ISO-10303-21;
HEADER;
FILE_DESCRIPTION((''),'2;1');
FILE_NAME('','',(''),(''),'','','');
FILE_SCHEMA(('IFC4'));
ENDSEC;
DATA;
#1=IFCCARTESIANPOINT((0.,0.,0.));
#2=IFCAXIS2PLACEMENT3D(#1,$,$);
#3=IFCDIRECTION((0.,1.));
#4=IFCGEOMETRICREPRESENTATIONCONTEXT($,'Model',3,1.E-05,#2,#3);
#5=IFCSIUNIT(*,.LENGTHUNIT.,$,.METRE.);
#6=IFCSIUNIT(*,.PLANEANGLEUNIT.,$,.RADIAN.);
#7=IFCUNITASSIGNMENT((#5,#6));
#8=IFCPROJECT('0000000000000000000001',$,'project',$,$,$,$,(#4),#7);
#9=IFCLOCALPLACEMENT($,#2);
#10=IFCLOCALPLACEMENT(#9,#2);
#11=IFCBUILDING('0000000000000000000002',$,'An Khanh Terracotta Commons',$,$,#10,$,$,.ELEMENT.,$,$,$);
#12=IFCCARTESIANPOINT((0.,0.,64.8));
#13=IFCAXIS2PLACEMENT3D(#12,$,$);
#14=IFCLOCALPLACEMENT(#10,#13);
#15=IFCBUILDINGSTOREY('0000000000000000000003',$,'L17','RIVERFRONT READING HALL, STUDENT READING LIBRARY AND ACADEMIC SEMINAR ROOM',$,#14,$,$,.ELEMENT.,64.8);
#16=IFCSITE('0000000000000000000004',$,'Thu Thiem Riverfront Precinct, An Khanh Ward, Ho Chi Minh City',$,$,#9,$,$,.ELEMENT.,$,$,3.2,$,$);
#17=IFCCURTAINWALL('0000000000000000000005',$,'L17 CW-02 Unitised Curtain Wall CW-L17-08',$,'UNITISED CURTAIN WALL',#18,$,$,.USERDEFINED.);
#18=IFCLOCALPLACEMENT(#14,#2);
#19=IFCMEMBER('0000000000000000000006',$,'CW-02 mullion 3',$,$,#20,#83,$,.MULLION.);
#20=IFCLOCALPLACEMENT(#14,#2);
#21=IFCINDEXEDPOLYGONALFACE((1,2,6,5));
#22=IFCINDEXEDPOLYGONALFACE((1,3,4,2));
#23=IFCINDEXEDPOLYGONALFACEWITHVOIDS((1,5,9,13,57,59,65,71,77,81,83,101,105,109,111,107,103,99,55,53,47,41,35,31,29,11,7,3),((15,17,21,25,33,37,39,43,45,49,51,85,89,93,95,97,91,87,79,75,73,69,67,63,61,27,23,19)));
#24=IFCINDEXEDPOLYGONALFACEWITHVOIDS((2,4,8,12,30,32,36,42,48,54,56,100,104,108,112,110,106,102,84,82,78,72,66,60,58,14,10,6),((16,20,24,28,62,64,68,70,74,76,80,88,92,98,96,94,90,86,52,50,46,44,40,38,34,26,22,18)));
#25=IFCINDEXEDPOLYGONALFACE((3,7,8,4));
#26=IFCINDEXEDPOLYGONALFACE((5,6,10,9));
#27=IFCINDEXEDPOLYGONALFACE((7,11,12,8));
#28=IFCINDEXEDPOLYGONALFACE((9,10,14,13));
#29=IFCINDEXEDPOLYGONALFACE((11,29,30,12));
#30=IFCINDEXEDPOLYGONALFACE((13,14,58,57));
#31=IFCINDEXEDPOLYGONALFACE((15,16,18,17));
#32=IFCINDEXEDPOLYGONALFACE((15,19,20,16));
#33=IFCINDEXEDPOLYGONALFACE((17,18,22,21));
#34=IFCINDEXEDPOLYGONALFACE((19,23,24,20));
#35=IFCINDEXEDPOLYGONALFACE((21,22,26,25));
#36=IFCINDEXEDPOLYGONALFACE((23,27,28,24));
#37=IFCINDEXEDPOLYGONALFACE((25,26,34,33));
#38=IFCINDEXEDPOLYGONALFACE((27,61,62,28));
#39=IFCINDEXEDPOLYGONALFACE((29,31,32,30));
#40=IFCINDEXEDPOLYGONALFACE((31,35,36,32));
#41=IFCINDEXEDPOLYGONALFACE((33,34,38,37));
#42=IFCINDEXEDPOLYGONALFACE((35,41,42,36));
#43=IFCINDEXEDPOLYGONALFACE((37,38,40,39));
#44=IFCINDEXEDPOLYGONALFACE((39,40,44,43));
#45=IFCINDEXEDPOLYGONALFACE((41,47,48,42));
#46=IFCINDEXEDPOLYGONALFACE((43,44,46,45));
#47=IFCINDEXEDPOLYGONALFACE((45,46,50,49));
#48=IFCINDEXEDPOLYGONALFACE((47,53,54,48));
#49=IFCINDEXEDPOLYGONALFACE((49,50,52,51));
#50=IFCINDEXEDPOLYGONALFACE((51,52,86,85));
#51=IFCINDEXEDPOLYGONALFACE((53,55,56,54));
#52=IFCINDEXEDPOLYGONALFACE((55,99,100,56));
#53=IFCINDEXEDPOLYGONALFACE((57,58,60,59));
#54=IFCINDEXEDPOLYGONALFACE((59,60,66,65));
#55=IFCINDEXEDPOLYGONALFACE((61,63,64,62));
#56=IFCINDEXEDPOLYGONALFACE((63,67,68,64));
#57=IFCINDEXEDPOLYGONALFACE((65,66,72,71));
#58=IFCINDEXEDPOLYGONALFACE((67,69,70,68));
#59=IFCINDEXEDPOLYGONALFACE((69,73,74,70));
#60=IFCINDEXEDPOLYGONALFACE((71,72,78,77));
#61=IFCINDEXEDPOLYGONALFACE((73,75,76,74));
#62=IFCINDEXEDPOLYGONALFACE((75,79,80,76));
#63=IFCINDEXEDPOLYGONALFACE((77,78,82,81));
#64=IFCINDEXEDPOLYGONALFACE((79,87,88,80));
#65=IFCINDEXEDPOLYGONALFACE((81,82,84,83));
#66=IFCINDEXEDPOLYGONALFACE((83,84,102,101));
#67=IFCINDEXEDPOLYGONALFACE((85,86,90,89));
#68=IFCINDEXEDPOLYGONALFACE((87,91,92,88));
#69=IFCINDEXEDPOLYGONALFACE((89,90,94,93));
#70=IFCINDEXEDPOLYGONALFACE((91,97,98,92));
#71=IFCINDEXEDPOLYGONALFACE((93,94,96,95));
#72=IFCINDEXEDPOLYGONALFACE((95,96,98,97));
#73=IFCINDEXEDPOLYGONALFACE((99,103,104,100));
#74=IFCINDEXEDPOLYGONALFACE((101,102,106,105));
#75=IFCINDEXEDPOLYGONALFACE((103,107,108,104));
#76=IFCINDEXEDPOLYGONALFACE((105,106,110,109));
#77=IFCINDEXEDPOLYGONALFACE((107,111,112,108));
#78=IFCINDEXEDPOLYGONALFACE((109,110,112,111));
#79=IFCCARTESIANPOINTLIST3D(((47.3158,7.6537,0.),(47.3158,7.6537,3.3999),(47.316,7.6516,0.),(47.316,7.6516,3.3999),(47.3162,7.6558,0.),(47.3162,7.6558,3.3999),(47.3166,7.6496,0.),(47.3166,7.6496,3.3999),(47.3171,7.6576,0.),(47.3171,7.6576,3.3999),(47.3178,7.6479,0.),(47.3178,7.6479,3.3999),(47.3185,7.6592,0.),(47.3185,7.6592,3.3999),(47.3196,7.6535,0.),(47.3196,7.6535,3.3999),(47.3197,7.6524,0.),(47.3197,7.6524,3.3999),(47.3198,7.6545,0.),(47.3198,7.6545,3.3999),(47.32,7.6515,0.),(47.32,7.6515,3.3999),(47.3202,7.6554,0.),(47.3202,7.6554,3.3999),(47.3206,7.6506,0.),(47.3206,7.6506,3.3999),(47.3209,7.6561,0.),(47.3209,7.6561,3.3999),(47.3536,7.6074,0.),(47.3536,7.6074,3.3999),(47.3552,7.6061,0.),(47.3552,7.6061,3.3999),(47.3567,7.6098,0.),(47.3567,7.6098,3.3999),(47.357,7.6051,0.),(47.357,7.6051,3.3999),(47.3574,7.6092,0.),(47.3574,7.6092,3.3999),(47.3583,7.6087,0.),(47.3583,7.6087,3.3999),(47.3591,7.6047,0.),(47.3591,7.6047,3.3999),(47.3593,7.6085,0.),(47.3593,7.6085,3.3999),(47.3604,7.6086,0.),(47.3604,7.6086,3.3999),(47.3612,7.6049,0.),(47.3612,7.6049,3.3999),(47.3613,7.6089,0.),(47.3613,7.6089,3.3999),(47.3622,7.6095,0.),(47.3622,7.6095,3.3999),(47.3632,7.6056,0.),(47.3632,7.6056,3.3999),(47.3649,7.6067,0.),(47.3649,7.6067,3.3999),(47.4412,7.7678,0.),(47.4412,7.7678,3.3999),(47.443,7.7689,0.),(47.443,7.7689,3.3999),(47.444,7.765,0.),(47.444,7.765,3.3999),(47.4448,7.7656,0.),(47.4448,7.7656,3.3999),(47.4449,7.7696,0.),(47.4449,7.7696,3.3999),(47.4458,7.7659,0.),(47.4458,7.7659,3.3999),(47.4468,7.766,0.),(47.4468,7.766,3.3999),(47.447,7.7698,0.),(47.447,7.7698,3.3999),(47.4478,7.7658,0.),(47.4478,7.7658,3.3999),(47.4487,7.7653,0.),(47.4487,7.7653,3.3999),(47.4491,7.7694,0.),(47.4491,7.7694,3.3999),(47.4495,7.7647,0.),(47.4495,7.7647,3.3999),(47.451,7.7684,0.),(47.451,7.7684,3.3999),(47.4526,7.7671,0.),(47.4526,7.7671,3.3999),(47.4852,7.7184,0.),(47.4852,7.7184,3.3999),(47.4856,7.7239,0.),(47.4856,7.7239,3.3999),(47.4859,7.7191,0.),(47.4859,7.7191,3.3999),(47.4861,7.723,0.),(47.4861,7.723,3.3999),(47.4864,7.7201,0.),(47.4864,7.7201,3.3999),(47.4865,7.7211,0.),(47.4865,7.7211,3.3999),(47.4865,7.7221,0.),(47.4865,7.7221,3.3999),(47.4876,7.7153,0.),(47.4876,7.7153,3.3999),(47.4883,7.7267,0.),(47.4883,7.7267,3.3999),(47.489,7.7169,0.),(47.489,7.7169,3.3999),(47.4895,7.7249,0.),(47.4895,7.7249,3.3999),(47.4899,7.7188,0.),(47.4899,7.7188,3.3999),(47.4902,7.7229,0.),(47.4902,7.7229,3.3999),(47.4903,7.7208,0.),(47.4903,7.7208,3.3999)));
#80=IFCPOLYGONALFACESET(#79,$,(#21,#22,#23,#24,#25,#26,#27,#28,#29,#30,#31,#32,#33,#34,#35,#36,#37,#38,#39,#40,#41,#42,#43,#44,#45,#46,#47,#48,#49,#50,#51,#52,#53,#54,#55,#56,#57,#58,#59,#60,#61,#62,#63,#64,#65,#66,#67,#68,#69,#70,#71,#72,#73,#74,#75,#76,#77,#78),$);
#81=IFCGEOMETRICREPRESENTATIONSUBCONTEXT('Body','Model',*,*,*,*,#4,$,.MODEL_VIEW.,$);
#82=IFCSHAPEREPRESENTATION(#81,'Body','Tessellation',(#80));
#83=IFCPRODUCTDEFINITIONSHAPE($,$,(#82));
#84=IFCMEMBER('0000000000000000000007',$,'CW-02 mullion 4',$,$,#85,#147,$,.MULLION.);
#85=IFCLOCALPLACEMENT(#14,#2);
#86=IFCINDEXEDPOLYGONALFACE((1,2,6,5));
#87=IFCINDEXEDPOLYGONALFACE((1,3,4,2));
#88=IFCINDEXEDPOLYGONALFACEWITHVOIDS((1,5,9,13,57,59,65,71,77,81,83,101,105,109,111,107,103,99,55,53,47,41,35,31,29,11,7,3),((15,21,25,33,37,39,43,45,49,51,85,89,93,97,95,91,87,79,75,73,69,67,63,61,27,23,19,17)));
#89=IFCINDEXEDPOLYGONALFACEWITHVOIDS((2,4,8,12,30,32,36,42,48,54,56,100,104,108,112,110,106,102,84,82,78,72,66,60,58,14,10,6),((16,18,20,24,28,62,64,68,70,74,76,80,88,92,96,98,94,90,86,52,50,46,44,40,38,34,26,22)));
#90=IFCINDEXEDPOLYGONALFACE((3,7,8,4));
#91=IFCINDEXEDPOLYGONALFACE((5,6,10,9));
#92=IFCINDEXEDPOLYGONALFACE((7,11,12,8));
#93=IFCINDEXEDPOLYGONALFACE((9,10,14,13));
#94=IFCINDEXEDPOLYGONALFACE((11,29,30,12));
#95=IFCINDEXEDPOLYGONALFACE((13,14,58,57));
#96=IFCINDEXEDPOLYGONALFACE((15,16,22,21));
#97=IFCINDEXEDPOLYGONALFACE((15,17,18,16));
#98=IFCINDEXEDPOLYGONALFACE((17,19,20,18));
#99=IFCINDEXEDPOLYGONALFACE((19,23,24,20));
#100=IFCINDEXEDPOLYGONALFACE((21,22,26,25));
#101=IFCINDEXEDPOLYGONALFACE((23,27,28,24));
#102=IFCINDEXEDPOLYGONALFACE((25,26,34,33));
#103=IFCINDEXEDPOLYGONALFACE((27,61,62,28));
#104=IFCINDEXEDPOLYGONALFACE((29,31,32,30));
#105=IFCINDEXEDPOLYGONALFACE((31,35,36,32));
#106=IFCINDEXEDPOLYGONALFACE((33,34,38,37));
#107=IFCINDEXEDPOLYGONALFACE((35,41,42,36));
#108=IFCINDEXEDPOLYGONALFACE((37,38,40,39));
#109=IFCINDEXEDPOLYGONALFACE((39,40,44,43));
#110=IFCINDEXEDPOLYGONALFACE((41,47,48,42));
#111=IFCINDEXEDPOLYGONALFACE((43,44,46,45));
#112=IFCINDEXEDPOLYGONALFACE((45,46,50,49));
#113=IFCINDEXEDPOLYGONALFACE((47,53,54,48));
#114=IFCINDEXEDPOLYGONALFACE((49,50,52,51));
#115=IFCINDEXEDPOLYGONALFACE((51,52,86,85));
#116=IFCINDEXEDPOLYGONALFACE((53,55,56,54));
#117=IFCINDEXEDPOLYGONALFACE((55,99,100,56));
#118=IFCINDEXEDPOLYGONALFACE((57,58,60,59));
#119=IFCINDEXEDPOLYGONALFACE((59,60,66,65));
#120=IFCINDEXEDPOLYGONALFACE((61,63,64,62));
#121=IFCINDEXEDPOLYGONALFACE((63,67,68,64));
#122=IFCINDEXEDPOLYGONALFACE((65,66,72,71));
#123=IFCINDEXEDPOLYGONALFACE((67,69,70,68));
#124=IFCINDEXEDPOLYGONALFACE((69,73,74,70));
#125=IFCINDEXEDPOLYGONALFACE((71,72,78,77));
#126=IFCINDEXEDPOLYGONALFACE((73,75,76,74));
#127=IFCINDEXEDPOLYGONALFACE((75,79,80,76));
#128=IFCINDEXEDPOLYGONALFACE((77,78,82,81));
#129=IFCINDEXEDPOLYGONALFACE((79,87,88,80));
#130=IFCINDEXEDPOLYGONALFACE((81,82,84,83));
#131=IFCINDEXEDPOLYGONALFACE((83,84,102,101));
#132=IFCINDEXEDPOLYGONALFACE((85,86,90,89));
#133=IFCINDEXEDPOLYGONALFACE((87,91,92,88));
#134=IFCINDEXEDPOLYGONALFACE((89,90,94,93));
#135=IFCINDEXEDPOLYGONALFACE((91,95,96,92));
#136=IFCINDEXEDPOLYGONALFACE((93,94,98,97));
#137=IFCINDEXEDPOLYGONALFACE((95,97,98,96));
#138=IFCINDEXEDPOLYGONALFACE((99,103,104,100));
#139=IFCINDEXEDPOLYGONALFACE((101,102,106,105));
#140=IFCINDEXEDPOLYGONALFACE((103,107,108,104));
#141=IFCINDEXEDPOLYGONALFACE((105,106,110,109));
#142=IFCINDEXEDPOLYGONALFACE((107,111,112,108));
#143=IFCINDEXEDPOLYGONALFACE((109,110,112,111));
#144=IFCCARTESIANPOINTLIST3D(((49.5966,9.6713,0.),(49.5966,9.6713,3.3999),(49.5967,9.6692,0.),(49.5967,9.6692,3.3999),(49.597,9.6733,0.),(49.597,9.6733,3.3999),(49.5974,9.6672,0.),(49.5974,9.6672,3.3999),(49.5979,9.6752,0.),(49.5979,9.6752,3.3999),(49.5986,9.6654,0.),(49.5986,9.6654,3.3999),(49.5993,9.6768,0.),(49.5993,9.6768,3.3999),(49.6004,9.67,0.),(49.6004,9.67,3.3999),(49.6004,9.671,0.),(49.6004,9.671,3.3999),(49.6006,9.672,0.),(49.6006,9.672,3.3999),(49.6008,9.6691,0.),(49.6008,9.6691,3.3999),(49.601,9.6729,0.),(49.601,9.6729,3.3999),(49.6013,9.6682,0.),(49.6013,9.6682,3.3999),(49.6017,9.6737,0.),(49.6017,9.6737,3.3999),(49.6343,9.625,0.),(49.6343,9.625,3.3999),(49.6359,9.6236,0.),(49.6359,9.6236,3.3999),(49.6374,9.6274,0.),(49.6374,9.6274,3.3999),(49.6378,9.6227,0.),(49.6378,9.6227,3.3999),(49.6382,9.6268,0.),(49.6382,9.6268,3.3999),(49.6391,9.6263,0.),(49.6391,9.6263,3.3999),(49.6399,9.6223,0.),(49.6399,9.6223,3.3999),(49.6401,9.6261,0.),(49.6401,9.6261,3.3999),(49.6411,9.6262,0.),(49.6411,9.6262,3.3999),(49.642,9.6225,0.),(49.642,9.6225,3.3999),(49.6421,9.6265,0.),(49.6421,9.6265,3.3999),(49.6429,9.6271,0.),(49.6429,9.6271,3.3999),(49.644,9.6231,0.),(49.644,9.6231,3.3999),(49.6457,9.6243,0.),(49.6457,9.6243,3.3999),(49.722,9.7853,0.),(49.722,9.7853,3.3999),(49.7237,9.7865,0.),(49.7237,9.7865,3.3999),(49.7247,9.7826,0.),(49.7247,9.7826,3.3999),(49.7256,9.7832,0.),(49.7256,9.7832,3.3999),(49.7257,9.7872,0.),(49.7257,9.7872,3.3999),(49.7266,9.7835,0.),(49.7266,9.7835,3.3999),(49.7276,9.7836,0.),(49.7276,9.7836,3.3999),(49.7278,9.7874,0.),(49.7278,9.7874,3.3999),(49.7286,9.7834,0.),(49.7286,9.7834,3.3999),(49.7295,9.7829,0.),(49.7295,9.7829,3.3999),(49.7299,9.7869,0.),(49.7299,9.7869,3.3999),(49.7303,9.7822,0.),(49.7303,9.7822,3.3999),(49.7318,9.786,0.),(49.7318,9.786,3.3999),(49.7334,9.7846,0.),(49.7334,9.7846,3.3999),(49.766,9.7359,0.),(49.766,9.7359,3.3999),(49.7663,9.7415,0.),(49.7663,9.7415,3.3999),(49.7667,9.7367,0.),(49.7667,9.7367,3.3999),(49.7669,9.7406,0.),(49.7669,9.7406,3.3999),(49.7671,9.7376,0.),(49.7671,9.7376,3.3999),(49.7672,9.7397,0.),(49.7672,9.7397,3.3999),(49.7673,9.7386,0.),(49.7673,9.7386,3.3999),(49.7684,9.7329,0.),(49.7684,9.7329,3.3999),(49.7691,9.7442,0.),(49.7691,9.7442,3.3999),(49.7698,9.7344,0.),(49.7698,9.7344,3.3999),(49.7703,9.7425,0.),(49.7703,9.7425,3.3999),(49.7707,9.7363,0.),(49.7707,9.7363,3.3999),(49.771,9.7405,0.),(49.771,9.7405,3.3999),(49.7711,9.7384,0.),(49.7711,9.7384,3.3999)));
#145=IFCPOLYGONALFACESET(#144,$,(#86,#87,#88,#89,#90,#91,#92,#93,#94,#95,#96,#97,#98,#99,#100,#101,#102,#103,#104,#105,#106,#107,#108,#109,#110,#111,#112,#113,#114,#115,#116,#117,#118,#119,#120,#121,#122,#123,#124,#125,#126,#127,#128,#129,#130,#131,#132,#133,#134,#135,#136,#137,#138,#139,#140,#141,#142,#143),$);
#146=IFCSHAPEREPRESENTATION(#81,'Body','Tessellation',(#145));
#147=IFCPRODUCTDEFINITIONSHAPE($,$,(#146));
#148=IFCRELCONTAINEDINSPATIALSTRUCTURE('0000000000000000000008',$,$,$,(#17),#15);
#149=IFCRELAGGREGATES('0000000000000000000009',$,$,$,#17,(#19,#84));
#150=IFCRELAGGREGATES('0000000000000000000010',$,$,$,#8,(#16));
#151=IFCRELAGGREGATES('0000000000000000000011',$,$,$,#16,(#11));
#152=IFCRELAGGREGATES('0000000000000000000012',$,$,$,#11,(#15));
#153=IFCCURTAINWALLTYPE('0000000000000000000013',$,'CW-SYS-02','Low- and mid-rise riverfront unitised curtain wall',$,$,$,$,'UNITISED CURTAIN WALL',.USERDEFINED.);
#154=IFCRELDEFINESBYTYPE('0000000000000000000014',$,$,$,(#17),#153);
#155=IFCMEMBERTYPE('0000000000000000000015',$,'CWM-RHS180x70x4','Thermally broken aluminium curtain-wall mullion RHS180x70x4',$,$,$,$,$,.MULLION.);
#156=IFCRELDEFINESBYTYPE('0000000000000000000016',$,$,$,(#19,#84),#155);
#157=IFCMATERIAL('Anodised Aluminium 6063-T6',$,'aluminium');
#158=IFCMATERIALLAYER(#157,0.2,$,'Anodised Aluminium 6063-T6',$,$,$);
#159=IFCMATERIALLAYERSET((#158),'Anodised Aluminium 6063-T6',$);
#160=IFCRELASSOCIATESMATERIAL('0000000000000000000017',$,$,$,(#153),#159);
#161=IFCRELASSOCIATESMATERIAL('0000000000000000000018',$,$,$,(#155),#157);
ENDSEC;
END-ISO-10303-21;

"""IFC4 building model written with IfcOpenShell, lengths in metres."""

from ifc_helpers import new_model, si_unit, direction, frame, origin, origin_2d, place, context, subcontext, project, spatial, hollow_rectangle, extrude, material, layer, layer_set, material_profile, profile_set, type_object, element, aggregate, save


model = new_model("IFC4")

# Units and contexts
model_context = context("Model", 3, precision=1e-05, world=origin(), true_north=direction((0.0, 1.0)))
body_context = subcontext(model_context, "Body", "Model", "MODEL_VIEW")
ifc_project = project(units=[si_unit("LENGTHUNIT", "METRE"), si_unit("PLANEANGLEUNIT", "RADIAN")], contexts=[model_context])

# Site, building, storey
site_placement = place(None, origin())
site = spatial("IfcSite", under=ifc_project, at=site_placement, Name="Thu Thiem Riverfront Precinct, An Khanh Ward, Ho Chi Minh City", CompositionType="ELEMENT", RefElevation=3.2)
building_placement = place(site_placement, origin())
building = spatial("IfcBuilding", under=site, at=building_placement, Name="An Khanh Terracotta Commons", CompositionType="ELEMENT")
storey_placement = place(building_placement, frame((0.0, 0.0, 64.8)))
storey = spatial("IfcBuildingStorey", under=building, at=storey_placement, Name="L17", Description="RIVERFRONT READING HALL, STUDENT READING LIBRARY AND ACADEMIC SEMINAR ROOM", CompositionType="ELEMENT", Elevation=64.8)

# Curtain wall, members
ifc_material_1 = material(Name="Anodised Aluminium 6063-T6", Category="aluminium")
ifc_layer_1 = layer(ifc_material_1, 0.2, Name="Anodised Aluminium 6063-T6")
ifc_layer_set_1 = layer_set([ifc_layer_1], Name="Anodised Aluminium 6063-T6")
curtain_wall_type = type_object("IfcCurtainWallType", Name="CW-SYS-02", Description="Low- and mid-rise riverfront unitised curtain wall", ElementType="UNITISED CURTAIN WALL", PredefinedType="USERDEFINED", material=ifc_layer_set_1)
curtain_wall_1_placement = place(storey_placement, origin())
curtain_wall_1 = element("IfcCurtainWall", 1, at=curtain_wall_1_placement, inside=storey, type_object=curtain_wall_type, Name="L17 CW-02 Unitised Curtain Wall CW-L17-08", ObjectType="UNITISED CURTAIN WALL", PredefinedType="USERDEFINED")
ifc_material_profile_1 = material_profile(ifc_material_1, hollow_rectangle(XDim=0.0701, YDim=0.1799, WallThickness=0.0039, InnerFilletRadius=0.0039, OuterFilletRadius=0.0081, at=origin_2d()), Name="RHS180x70x4")
ifc_profile_set_1 = profile_set([ifc_material_profile_1], Name="Anodised Aluminium 6063-T6")
member_type_1 = type_object("IfcMemberType", Name="CWM-RHS180x70x4", Description="Thermally broken aluminium curtain-wall mullion RHS180x70x4", PredefinedType="MULLION", material=ifc_profile_set_1)
member_1_placement = place(storey_placement, frame((47.4031, 7.6873, 0.0), z_axis=(0.0, 0.0, 1.0), x_axis=(-0.662548, 0.749019, 0.0)))
member_1 = element("IfcMember", 2, at=member_1_placement, type_object=member_type_1, Name="CW-02 mullion 3", PredefinedType="MULLION", context=body_context, shape_type="SweptSolid", body=[
    extrude(hollow_rectangle(XDim=0.0701, YDim=0.1799, WallThickness=0.0039, InnerFilletRadius=0.0039, OuterFilletRadius=0.0081, at=origin_2d()), origin(), (0.0, 0.0, 1.0), 3.3999),
])
member_2_placement = place(storey_placement, frame((49.6838, 9.7048, 0.0), z_axis=(0.0, 0.0, 1.0), x_axis=(-0.662548, 0.749019, 0.0)))
member_2 = element("IfcMember", 3, at=member_2_placement, type_object=member_type_1, Name="CW-02 mullion 4", PredefinedType="MULLION", context=body_context, shape_type="SweptSolid", body=[
    extrude(hollow_rectangle(XDim=0.0701, YDim=0.1799, WallThickness=0.0039, InnerFilletRadius=0.0039, OuterFilletRadius=0.0081, at=origin_2d()), origin(), (0.0, 0.0, 1.0), 3.3999),
])

aggregate(curtain_wall_1, [member_1, member_2])

save(model, "model.ifc")
